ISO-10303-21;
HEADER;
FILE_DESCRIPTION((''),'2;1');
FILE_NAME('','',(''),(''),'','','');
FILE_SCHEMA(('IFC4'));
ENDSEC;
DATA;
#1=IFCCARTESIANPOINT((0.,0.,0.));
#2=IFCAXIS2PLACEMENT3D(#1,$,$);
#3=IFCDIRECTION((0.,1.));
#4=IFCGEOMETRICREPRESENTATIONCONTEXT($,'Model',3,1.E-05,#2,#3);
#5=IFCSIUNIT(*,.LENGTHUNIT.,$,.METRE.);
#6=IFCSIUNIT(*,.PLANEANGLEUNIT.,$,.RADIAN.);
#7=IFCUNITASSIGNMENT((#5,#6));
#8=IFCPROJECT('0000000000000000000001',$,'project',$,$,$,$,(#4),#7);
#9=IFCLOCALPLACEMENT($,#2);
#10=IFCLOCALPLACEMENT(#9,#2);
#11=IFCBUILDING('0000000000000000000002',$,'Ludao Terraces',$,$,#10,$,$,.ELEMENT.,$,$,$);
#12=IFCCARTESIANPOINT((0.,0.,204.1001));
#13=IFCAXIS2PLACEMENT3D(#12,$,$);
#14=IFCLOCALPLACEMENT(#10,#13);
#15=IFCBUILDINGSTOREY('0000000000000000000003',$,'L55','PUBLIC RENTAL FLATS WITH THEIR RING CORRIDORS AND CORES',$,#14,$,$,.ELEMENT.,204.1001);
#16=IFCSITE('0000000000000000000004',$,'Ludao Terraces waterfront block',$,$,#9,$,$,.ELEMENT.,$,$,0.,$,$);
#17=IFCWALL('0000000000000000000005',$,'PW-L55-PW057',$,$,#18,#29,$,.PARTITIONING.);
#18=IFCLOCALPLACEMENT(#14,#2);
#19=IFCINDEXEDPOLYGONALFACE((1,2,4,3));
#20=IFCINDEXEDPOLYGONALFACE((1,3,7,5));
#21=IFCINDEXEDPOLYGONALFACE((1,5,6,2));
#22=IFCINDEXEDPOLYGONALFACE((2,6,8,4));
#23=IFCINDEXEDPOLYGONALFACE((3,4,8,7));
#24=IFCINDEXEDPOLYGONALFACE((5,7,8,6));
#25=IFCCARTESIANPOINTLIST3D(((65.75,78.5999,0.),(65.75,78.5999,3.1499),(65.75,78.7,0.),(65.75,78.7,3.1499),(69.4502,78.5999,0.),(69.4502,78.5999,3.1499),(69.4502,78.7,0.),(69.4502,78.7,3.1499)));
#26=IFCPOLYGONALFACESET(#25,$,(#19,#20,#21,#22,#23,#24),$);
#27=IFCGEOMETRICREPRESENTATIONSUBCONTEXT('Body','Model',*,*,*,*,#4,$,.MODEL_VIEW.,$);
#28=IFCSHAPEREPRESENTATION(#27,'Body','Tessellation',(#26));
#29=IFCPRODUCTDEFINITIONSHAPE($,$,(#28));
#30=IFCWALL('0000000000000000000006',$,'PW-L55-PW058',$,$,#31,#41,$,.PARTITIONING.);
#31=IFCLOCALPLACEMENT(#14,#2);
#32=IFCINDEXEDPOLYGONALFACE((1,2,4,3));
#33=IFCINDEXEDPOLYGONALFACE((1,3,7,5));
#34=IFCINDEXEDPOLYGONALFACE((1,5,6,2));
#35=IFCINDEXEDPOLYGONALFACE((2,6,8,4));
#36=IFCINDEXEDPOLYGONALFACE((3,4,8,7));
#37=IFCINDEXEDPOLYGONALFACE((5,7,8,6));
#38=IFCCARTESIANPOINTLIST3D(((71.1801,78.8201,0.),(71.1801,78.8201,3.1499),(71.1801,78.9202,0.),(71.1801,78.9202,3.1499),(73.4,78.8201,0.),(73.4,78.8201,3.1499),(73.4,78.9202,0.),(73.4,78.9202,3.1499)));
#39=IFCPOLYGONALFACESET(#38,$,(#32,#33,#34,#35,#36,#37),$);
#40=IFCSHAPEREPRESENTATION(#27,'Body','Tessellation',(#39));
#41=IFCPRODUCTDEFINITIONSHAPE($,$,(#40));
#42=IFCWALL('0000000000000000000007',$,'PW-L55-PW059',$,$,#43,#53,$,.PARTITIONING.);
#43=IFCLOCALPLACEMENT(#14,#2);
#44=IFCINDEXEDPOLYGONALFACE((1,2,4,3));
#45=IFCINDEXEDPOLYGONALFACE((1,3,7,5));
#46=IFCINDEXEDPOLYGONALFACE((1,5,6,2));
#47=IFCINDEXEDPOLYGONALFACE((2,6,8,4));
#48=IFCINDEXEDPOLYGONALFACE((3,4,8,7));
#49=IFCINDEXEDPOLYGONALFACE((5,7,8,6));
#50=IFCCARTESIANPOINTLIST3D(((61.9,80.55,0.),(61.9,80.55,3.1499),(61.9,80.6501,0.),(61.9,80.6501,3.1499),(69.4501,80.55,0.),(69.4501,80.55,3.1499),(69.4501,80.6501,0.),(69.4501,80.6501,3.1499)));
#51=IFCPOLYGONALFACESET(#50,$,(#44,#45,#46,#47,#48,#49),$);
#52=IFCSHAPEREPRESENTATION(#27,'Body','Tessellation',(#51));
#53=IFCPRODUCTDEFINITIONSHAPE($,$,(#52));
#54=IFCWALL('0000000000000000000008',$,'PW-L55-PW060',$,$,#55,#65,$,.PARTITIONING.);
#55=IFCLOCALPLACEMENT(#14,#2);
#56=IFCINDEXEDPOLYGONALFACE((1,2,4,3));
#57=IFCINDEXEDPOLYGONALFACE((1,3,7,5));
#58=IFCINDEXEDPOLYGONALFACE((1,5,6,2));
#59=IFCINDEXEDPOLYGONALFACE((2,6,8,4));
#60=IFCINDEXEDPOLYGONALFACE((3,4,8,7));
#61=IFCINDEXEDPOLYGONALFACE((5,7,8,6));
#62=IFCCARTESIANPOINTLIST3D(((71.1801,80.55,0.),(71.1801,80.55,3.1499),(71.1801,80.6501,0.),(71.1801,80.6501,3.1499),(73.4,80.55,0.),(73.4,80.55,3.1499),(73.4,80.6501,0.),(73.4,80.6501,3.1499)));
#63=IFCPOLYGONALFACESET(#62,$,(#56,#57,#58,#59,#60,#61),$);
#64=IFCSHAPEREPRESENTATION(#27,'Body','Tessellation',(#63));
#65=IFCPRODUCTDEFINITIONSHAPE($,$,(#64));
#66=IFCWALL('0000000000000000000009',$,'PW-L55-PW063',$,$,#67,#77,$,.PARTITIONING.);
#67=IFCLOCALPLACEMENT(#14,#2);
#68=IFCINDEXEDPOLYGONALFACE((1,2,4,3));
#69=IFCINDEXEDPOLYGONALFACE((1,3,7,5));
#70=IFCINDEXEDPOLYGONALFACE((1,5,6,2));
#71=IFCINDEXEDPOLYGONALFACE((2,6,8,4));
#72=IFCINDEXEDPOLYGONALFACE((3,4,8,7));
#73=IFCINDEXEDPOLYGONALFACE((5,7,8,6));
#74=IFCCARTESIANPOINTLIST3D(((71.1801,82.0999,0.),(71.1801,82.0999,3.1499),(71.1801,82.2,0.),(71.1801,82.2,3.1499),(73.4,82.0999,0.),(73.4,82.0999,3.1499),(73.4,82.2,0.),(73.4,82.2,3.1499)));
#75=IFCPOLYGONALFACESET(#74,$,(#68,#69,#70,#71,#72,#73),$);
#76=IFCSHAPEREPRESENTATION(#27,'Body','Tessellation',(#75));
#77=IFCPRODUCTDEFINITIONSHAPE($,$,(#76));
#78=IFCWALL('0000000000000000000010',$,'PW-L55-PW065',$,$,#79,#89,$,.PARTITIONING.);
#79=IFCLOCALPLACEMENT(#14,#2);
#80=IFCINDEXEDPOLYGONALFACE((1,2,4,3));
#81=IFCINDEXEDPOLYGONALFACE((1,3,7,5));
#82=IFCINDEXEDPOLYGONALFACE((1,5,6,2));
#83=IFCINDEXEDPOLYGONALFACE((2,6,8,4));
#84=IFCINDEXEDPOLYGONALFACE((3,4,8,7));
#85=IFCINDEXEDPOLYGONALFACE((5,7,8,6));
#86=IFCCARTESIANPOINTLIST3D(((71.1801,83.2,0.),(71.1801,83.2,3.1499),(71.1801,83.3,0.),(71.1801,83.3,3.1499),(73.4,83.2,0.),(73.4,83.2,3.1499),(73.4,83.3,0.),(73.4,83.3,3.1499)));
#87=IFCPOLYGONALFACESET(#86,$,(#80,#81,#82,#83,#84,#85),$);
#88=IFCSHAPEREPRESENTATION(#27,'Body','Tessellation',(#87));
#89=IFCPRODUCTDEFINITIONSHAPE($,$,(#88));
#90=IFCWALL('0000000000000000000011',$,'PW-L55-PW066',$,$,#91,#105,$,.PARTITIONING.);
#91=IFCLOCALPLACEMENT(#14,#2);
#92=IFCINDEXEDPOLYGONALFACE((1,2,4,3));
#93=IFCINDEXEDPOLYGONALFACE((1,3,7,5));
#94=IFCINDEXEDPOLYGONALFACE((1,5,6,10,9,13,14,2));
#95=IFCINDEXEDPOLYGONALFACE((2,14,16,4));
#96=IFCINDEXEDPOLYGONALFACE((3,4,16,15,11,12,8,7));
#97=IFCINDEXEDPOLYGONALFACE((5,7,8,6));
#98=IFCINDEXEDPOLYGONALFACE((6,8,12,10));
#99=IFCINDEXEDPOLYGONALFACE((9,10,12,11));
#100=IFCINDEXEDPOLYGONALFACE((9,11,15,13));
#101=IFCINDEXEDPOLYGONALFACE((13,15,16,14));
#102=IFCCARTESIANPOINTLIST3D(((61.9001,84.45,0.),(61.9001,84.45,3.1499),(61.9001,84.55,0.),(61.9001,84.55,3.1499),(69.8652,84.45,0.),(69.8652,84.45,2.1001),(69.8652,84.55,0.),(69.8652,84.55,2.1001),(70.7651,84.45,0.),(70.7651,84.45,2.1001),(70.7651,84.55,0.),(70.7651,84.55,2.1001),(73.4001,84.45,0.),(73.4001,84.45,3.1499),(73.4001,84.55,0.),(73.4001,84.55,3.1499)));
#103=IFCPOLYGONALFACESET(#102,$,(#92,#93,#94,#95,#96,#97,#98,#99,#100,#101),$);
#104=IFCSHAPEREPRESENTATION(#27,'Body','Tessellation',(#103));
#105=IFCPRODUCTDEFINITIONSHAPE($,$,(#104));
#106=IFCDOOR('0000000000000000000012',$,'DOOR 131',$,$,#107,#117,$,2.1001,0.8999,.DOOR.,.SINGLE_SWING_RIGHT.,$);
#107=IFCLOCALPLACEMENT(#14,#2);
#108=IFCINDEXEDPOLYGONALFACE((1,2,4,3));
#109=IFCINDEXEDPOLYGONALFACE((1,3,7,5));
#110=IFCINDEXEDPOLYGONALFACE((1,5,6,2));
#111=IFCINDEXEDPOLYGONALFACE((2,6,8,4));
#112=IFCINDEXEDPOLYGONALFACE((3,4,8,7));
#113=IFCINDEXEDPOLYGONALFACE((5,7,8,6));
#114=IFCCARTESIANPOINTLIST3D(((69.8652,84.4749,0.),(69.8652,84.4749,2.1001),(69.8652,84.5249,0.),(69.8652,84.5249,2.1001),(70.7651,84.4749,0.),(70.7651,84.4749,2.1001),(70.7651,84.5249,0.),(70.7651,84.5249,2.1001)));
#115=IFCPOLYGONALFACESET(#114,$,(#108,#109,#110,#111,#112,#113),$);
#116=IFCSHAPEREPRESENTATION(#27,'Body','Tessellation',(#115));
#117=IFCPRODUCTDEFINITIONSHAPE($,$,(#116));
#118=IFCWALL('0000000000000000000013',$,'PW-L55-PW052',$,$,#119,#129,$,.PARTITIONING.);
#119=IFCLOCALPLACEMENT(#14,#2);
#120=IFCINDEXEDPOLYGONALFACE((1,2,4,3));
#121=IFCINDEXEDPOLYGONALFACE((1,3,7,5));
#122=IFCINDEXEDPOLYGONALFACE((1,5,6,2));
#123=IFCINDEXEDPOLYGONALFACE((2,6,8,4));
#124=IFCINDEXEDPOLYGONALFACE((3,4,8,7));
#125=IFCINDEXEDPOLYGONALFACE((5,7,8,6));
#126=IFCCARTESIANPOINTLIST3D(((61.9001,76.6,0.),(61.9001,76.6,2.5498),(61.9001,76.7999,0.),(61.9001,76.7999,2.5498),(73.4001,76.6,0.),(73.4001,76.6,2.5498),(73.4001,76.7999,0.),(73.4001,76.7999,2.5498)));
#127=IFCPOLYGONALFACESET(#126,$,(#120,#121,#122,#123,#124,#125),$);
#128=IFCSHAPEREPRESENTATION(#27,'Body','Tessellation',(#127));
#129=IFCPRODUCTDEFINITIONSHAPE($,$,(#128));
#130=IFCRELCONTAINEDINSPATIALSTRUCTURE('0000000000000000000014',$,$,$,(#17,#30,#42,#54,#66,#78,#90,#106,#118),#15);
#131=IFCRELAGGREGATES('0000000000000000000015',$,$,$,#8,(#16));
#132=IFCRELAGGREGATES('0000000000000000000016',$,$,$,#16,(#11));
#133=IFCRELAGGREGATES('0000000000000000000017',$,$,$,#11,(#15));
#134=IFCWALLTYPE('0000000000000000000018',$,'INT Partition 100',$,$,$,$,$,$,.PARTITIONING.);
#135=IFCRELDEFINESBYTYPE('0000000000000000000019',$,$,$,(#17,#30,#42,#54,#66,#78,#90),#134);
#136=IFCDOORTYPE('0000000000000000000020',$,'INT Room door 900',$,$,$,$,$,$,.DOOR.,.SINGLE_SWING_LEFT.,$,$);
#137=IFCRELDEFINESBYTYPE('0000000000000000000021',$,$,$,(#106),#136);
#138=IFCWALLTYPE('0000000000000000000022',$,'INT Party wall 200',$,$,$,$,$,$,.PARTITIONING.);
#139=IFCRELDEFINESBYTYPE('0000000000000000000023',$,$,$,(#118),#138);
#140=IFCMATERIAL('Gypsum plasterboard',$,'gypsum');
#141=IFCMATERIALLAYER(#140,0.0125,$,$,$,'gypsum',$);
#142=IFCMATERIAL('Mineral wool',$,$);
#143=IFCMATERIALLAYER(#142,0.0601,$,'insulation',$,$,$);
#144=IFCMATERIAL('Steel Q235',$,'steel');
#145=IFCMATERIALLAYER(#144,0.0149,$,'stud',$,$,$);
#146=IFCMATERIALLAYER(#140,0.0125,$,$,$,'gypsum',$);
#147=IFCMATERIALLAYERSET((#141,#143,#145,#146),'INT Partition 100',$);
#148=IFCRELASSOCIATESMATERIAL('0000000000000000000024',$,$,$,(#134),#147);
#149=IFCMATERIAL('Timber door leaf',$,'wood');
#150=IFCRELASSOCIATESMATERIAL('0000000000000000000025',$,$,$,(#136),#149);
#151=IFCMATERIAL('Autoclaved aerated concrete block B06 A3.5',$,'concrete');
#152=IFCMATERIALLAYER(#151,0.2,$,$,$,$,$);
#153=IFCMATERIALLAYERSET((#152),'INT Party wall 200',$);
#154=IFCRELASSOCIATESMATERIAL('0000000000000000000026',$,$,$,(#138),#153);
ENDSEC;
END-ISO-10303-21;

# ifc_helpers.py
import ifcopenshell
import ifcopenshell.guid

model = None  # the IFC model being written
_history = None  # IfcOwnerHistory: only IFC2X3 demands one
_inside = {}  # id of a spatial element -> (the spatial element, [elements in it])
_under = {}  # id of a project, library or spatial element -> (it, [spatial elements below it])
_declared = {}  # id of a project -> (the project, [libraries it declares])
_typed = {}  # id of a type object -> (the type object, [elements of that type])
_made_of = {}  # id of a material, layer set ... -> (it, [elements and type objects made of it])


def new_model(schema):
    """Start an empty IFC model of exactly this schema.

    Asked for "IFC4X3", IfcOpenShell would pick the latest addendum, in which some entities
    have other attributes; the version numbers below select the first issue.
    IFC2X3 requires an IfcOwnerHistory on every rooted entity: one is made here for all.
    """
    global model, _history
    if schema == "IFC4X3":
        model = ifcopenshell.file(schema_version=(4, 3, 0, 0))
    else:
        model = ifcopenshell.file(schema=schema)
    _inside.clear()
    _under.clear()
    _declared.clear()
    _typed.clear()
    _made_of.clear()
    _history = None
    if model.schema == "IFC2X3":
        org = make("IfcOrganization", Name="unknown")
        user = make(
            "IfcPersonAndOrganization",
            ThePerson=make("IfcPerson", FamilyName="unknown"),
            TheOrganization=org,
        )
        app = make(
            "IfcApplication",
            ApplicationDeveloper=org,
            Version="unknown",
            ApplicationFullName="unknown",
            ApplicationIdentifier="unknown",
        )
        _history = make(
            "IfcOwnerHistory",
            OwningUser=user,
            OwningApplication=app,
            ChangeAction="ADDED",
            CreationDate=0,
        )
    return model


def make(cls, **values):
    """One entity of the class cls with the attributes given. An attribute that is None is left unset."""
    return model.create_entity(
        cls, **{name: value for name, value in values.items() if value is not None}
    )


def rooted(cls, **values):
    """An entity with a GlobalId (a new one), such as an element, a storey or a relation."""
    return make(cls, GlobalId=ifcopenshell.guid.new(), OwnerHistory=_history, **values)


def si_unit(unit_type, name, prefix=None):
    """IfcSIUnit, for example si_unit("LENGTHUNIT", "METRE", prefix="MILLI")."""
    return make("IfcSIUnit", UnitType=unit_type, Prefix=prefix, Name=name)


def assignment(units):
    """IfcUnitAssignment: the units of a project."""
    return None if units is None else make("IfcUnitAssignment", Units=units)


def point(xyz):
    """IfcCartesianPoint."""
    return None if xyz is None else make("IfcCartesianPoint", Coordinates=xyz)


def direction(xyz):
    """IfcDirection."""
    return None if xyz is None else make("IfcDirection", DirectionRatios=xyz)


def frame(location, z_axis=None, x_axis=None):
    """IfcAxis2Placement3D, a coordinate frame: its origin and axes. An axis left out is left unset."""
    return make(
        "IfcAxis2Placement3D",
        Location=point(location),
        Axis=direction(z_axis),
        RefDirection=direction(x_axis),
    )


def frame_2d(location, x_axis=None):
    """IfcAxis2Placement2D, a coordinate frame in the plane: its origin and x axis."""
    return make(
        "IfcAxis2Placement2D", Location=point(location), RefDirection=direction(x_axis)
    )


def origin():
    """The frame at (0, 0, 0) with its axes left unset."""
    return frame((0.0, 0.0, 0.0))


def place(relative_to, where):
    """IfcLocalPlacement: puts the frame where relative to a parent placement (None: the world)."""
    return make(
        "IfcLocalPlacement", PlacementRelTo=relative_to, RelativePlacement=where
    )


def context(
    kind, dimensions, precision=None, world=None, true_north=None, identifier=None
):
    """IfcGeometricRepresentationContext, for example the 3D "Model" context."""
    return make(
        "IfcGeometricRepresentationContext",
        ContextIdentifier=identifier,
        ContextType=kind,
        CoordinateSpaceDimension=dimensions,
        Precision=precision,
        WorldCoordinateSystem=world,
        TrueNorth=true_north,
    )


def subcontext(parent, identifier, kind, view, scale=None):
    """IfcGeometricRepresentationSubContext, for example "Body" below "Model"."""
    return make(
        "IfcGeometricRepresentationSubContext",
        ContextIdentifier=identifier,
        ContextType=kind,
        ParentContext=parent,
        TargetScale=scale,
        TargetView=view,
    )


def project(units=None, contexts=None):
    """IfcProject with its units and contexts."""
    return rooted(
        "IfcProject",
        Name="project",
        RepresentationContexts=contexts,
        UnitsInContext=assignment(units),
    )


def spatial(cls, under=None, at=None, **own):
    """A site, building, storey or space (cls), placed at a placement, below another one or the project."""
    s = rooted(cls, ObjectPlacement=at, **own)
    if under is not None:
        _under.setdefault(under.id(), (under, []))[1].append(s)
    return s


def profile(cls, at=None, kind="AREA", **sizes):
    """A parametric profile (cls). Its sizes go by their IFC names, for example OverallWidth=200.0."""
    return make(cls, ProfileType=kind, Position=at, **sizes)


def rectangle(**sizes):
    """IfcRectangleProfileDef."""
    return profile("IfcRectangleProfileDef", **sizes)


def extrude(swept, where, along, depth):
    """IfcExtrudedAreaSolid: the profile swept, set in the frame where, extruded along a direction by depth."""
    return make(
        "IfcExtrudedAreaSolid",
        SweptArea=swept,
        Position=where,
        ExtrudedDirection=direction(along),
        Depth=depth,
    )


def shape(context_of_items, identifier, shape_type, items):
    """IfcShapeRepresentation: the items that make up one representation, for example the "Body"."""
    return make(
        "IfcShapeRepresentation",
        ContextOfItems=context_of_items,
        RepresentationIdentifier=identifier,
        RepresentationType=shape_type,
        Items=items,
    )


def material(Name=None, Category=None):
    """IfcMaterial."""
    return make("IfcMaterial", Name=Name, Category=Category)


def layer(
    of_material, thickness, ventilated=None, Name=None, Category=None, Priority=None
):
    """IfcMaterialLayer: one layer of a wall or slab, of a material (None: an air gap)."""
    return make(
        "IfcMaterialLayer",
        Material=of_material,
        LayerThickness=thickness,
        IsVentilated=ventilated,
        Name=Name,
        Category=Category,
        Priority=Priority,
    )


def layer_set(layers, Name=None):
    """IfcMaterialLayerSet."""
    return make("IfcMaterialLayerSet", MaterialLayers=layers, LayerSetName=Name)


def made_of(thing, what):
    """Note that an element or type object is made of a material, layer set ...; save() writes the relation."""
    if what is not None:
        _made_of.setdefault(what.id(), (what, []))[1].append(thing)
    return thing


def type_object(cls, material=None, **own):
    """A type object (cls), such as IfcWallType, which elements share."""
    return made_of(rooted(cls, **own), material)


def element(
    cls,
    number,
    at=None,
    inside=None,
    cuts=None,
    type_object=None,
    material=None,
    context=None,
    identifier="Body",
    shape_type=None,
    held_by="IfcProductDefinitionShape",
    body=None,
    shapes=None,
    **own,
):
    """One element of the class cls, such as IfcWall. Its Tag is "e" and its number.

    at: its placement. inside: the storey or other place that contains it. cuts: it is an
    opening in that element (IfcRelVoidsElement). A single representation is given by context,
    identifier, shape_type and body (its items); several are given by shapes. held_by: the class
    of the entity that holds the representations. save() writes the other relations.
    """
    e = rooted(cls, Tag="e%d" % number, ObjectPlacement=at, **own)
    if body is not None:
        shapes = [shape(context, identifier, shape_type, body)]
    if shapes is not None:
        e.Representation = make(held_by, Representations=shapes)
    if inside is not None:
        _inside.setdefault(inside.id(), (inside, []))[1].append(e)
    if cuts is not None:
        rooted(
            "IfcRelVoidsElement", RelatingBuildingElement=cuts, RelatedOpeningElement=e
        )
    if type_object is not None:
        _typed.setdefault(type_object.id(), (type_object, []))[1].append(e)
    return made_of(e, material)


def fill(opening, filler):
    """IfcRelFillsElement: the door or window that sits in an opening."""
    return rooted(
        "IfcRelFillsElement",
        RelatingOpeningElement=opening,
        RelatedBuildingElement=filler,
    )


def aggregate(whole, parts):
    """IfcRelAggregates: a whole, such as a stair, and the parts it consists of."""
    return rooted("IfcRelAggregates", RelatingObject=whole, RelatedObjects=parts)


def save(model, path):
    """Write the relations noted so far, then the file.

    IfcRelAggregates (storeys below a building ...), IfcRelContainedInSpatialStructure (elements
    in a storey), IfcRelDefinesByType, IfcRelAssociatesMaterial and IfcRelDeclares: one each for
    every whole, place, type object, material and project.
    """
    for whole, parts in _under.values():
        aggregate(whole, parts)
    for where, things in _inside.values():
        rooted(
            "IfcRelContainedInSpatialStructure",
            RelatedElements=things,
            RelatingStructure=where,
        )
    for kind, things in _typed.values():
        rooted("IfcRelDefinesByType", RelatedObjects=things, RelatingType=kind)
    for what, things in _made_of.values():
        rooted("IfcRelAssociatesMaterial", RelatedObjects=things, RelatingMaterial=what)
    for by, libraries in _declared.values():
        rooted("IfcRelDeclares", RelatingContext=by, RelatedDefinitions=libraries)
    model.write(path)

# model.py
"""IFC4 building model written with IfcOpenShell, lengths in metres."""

from ifc_helpers import new_model, si_unit, direction, frame, frame_2d, origin, place, context, subcontext, project, spatial, rectangle, extrude, material, layer, layer_set, type_object, element, fill, save


model = new_model("IFC4")

# Units and contexts
model_context = context("Model", 3, precision=1e-05, world=origin(), true_north=direction((0.0, 1.0)))
body_context = subcontext(model_context, "Body", "Model", "MODEL_VIEW")
ifc_project = project(units=[si_unit("LENGTHUNIT", "METRE"), si_unit("PLANEANGLEUNIT", "RADIAN")], contexts=[model_context])

# Site, building, storey
site_placement = place(None, origin())
site = spatial("IfcSite", under=ifc_project, at=site_placement, Name="Ludao Terraces waterfront block", CompositionType="ELEMENT", RefElevation=0.0)
building_placement = place(site_placement, origin())
building = spatial("IfcBuilding", under=site, at=building_placement, Name="Ludao Terraces", CompositionType="ELEMENT")
storey_placement = place(building_placement, frame((0.0, 0.0, 204.1001)))
storey = spatial("IfcBuildingStorey", under=building, at=storey_placement, Name="L55", Description="PUBLIC RENTAL FLATS WITH THEIR RING CORRIDORS AND CORES", CompositionType="ELEMENT", Elevation=204.1001)

# Shared definitions
ifc_material_1 = material(Name="Mineral wool")

# Walls
ifc_material_2 = material(Name="Gypsum plasterboard", Category="gypsum")
ifc_layer_1 = layer(ifc_material_2, 0.0125, Category="gypsum")
ifc_layer_2 = layer(ifc_material_1, 0.0601, Name="insulation")
ifc_material_3 = material(Name="Steel Q235", Category="steel")
ifc_layer_3 = layer(ifc_material_3, 0.0149, Name="stud")
ifc_layer_4 = layer(ifc_material_2, 0.0125, Category="gypsum")
ifc_layer_set_1 = layer_set([ifc_layer_1, ifc_layer_2, ifc_layer_3, ifc_layer_4], Name="INT Partition 100")
wall_type_1 = type_object("IfcWallType", Name="INT Partition 100", PredefinedType="PARTITIONING", material=ifc_layer_set_1)
wall_1_placement = place(storey_placement, frame((65.75, 78.6499, 0.0), z_axis=(0.0, 0.0, 1.0), x_axis=(1.0, 0.0, 0.0)))
element("IfcWall", 1, at=wall_1_placement, inside=storey, type_object=wall_type_1, Name="PW-L55-PW057", PredefinedType="PARTITIONING", context=body_context, shape_type="SweptSolid", body=[
    extrude(rectangle(XDim=3.7002, YDim=0.1001, at=frame_2d((1.8501, 0.0))), origin(), (0.0, 0.0, 1.0), 3.1499),
])
wall_2_placement = place(storey_placement, frame((71.1802, 78.8701, 0.0), z_axis=(0.0, 0.0, 1.0), x_axis=(1.0, 0.0, 0.0)))
element("IfcWall", 2, at=wall_2_placement, inside=storey, type_object=wall_type_1, Name="PW-L55-PW058", PredefinedType="PARTITIONING", context=body_context, shape_type="SweptSolid", body=[
    extrude(rectangle(XDim=2.22, YDim=0.1001, at=frame_2d((1.1099, 0.0))), origin(), (0.0, 0.0, 1.0), 3.1499),
])
wall_3_placement = place(storey_placement, frame((61.9001, 80.6001, 0.0), z_axis=(0.0, 0.0, 1.0), x_axis=(1.0, 0.0, 0.0)))
element("IfcWall", 3, at=wall_3_placement, inside=storey, type_object=wall_type_1, Name="PW-L55-PW059", PredefinedType="PARTITIONING", context=body_context, shape_type="SweptSolid", body=[
    extrude(rectangle(XDim=7.55, YDim=0.1001, at=frame_2d((3.7749, 0.0))), origin(), (0.0, 0.0, 1.0), 3.1499),
])
for number, where, z_axis, x_axis, name in (
    (4, (71.1802, 80.6001, 0.0), (0.0, 0.0, 1.0), (1.0, 0.0, 0.0), "PW-L55-PW060"),
    (5, (71.1802, 82.1499, 0.0), (0.0, 0.0, 1.0), (1.0, 0.0, 0.0), "PW-L55-PW063"),
    (6, (71.1802, 83.25, 0.0), (0.0, 0.0, 1.0), (1.0, 0.0, 0.0), "PW-L55-PW065"),
):
    element("IfcWall", number, at=place(storey_placement, frame(where, z_axis=z_axis, x_axis=x_axis)), inside=storey, type_object=wall_type_1, Name=name, PredefinedType="PARTITIONING", context=body_context, shape_type="SweptSolid", body=[
        extrude(rectangle(XDim=2.22, YDim=0.1001, at=frame_2d((1.1099, 0.0))), origin(), (0.0, 0.0, 1.0), 3.1499),
    ])

# Wall, opening, door
wall_4_placement = place(storey_placement, frame((61.9001, 84.5, 0.0), z_axis=(0.0, 0.0, 1.0), x_axis=(1.0, 0.0, 0.0)))
wall_4 = element("IfcWall", 7, at=wall_4_placement, inside=storey, type_object=wall_type_1, Name="PW-L55-PW066", PredefinedType="PARTITIONING", context=body_context, shape_type="SweptSolid", body=[
    extrude(rectangle(XDim=11.5, YDim=0.1001, at=frame_2d((5.75, 0.0))), origin(), (0.0, 0.0, 1.0), 3.1499),
])
opening_1_placement = place(wall_4_placement, frame((7.9651, 0.0, 0.0)))
opening_1 = element("IfcOpeningElement", 8, at=opening_1_placement, cuts=wall_4, PredefinedType="OPENING", context=body_context, shape_type="SweptSolid", body=[
    extrude(rectangle(XDim=0.8999, YDim=2.1001, at=frame_2d((0.45, 1.05))), frame((0.0, 0.0601, 0.0), z_axis=(0.0, -1.0, 0.0), x_axis=(1.0, 0.0, 0.0)), (0.0, 0.0, 1.0), 0.1201),
])
ifc_material_4 = material(Name="Timber door leaf", Category="wood")
door_type = type_object("IfcDoorType", Name="INT Room door 900", OperationType="SINGLE_SWING_LEFT", PredefinedType="DOOR", material=ifc_material_4)
door_placement = place(opening_1_placement, origin())
door = element("IfcDoor", 9, at=door_placement, inside=storey, type_object=door_type, Name="DOOR 131", OperationType="SINGLE_SWING_RIGHT", OverallHeight=2.1001, OverallWidth=0.8999, PredefinedType="DOOR", context=body_context, shape_type="SweptSolid", body=[
    extrude(rectangle(XDim=0.8999, YDim=2.1001, at=frame_2d((0.45, 1.05))), frame((0.0, 0.0249, 0.0), z_axis=(0.0, -1.0, 0.0), x_axis=(1.0, 0.0, 0.0)), (0.0, 0.0, 1.0), 0.05),
])
fill(opening_1, door)

# Wall
ifc_material_5 = material(Name="Autoclaved aerated concrete block B06 A3.5", Category="concrete")
ifc_layer_5 = layer(ifc_material_5, 0.2)
ifc_layer_set_2 = layer_set([ifc_layer_5], Name="INT Party wall 200")
wall_type_2 = type_object("IfcWallType", Name="INT Party wall 200", PredefinedType="PARTITIONING", material=ifc_layer_set_2)
wall_5_placement = place(storey_placement, frame((61.9001, 76.7, 0.0), z_axis=(0.0, 0.0, 1.0), x_axis=(1.0, 0.0, 0.0)))
element("IfcWall", 10, at=wall_5_placement, inside=storey, type_object=wall_type_2, Name="PW-L55-PW052", PredefinedType="PARTITIONING", context=body_context, shape_type="SweptSolid", body=[
    extrude(rectangle(XDim=11.5, YDim=0.2, at=frame_2d((5.75, 0.0))), origin(), (0.0, 0.0, 1.0), 2.5498),
])

save(model, "model.ifc")
